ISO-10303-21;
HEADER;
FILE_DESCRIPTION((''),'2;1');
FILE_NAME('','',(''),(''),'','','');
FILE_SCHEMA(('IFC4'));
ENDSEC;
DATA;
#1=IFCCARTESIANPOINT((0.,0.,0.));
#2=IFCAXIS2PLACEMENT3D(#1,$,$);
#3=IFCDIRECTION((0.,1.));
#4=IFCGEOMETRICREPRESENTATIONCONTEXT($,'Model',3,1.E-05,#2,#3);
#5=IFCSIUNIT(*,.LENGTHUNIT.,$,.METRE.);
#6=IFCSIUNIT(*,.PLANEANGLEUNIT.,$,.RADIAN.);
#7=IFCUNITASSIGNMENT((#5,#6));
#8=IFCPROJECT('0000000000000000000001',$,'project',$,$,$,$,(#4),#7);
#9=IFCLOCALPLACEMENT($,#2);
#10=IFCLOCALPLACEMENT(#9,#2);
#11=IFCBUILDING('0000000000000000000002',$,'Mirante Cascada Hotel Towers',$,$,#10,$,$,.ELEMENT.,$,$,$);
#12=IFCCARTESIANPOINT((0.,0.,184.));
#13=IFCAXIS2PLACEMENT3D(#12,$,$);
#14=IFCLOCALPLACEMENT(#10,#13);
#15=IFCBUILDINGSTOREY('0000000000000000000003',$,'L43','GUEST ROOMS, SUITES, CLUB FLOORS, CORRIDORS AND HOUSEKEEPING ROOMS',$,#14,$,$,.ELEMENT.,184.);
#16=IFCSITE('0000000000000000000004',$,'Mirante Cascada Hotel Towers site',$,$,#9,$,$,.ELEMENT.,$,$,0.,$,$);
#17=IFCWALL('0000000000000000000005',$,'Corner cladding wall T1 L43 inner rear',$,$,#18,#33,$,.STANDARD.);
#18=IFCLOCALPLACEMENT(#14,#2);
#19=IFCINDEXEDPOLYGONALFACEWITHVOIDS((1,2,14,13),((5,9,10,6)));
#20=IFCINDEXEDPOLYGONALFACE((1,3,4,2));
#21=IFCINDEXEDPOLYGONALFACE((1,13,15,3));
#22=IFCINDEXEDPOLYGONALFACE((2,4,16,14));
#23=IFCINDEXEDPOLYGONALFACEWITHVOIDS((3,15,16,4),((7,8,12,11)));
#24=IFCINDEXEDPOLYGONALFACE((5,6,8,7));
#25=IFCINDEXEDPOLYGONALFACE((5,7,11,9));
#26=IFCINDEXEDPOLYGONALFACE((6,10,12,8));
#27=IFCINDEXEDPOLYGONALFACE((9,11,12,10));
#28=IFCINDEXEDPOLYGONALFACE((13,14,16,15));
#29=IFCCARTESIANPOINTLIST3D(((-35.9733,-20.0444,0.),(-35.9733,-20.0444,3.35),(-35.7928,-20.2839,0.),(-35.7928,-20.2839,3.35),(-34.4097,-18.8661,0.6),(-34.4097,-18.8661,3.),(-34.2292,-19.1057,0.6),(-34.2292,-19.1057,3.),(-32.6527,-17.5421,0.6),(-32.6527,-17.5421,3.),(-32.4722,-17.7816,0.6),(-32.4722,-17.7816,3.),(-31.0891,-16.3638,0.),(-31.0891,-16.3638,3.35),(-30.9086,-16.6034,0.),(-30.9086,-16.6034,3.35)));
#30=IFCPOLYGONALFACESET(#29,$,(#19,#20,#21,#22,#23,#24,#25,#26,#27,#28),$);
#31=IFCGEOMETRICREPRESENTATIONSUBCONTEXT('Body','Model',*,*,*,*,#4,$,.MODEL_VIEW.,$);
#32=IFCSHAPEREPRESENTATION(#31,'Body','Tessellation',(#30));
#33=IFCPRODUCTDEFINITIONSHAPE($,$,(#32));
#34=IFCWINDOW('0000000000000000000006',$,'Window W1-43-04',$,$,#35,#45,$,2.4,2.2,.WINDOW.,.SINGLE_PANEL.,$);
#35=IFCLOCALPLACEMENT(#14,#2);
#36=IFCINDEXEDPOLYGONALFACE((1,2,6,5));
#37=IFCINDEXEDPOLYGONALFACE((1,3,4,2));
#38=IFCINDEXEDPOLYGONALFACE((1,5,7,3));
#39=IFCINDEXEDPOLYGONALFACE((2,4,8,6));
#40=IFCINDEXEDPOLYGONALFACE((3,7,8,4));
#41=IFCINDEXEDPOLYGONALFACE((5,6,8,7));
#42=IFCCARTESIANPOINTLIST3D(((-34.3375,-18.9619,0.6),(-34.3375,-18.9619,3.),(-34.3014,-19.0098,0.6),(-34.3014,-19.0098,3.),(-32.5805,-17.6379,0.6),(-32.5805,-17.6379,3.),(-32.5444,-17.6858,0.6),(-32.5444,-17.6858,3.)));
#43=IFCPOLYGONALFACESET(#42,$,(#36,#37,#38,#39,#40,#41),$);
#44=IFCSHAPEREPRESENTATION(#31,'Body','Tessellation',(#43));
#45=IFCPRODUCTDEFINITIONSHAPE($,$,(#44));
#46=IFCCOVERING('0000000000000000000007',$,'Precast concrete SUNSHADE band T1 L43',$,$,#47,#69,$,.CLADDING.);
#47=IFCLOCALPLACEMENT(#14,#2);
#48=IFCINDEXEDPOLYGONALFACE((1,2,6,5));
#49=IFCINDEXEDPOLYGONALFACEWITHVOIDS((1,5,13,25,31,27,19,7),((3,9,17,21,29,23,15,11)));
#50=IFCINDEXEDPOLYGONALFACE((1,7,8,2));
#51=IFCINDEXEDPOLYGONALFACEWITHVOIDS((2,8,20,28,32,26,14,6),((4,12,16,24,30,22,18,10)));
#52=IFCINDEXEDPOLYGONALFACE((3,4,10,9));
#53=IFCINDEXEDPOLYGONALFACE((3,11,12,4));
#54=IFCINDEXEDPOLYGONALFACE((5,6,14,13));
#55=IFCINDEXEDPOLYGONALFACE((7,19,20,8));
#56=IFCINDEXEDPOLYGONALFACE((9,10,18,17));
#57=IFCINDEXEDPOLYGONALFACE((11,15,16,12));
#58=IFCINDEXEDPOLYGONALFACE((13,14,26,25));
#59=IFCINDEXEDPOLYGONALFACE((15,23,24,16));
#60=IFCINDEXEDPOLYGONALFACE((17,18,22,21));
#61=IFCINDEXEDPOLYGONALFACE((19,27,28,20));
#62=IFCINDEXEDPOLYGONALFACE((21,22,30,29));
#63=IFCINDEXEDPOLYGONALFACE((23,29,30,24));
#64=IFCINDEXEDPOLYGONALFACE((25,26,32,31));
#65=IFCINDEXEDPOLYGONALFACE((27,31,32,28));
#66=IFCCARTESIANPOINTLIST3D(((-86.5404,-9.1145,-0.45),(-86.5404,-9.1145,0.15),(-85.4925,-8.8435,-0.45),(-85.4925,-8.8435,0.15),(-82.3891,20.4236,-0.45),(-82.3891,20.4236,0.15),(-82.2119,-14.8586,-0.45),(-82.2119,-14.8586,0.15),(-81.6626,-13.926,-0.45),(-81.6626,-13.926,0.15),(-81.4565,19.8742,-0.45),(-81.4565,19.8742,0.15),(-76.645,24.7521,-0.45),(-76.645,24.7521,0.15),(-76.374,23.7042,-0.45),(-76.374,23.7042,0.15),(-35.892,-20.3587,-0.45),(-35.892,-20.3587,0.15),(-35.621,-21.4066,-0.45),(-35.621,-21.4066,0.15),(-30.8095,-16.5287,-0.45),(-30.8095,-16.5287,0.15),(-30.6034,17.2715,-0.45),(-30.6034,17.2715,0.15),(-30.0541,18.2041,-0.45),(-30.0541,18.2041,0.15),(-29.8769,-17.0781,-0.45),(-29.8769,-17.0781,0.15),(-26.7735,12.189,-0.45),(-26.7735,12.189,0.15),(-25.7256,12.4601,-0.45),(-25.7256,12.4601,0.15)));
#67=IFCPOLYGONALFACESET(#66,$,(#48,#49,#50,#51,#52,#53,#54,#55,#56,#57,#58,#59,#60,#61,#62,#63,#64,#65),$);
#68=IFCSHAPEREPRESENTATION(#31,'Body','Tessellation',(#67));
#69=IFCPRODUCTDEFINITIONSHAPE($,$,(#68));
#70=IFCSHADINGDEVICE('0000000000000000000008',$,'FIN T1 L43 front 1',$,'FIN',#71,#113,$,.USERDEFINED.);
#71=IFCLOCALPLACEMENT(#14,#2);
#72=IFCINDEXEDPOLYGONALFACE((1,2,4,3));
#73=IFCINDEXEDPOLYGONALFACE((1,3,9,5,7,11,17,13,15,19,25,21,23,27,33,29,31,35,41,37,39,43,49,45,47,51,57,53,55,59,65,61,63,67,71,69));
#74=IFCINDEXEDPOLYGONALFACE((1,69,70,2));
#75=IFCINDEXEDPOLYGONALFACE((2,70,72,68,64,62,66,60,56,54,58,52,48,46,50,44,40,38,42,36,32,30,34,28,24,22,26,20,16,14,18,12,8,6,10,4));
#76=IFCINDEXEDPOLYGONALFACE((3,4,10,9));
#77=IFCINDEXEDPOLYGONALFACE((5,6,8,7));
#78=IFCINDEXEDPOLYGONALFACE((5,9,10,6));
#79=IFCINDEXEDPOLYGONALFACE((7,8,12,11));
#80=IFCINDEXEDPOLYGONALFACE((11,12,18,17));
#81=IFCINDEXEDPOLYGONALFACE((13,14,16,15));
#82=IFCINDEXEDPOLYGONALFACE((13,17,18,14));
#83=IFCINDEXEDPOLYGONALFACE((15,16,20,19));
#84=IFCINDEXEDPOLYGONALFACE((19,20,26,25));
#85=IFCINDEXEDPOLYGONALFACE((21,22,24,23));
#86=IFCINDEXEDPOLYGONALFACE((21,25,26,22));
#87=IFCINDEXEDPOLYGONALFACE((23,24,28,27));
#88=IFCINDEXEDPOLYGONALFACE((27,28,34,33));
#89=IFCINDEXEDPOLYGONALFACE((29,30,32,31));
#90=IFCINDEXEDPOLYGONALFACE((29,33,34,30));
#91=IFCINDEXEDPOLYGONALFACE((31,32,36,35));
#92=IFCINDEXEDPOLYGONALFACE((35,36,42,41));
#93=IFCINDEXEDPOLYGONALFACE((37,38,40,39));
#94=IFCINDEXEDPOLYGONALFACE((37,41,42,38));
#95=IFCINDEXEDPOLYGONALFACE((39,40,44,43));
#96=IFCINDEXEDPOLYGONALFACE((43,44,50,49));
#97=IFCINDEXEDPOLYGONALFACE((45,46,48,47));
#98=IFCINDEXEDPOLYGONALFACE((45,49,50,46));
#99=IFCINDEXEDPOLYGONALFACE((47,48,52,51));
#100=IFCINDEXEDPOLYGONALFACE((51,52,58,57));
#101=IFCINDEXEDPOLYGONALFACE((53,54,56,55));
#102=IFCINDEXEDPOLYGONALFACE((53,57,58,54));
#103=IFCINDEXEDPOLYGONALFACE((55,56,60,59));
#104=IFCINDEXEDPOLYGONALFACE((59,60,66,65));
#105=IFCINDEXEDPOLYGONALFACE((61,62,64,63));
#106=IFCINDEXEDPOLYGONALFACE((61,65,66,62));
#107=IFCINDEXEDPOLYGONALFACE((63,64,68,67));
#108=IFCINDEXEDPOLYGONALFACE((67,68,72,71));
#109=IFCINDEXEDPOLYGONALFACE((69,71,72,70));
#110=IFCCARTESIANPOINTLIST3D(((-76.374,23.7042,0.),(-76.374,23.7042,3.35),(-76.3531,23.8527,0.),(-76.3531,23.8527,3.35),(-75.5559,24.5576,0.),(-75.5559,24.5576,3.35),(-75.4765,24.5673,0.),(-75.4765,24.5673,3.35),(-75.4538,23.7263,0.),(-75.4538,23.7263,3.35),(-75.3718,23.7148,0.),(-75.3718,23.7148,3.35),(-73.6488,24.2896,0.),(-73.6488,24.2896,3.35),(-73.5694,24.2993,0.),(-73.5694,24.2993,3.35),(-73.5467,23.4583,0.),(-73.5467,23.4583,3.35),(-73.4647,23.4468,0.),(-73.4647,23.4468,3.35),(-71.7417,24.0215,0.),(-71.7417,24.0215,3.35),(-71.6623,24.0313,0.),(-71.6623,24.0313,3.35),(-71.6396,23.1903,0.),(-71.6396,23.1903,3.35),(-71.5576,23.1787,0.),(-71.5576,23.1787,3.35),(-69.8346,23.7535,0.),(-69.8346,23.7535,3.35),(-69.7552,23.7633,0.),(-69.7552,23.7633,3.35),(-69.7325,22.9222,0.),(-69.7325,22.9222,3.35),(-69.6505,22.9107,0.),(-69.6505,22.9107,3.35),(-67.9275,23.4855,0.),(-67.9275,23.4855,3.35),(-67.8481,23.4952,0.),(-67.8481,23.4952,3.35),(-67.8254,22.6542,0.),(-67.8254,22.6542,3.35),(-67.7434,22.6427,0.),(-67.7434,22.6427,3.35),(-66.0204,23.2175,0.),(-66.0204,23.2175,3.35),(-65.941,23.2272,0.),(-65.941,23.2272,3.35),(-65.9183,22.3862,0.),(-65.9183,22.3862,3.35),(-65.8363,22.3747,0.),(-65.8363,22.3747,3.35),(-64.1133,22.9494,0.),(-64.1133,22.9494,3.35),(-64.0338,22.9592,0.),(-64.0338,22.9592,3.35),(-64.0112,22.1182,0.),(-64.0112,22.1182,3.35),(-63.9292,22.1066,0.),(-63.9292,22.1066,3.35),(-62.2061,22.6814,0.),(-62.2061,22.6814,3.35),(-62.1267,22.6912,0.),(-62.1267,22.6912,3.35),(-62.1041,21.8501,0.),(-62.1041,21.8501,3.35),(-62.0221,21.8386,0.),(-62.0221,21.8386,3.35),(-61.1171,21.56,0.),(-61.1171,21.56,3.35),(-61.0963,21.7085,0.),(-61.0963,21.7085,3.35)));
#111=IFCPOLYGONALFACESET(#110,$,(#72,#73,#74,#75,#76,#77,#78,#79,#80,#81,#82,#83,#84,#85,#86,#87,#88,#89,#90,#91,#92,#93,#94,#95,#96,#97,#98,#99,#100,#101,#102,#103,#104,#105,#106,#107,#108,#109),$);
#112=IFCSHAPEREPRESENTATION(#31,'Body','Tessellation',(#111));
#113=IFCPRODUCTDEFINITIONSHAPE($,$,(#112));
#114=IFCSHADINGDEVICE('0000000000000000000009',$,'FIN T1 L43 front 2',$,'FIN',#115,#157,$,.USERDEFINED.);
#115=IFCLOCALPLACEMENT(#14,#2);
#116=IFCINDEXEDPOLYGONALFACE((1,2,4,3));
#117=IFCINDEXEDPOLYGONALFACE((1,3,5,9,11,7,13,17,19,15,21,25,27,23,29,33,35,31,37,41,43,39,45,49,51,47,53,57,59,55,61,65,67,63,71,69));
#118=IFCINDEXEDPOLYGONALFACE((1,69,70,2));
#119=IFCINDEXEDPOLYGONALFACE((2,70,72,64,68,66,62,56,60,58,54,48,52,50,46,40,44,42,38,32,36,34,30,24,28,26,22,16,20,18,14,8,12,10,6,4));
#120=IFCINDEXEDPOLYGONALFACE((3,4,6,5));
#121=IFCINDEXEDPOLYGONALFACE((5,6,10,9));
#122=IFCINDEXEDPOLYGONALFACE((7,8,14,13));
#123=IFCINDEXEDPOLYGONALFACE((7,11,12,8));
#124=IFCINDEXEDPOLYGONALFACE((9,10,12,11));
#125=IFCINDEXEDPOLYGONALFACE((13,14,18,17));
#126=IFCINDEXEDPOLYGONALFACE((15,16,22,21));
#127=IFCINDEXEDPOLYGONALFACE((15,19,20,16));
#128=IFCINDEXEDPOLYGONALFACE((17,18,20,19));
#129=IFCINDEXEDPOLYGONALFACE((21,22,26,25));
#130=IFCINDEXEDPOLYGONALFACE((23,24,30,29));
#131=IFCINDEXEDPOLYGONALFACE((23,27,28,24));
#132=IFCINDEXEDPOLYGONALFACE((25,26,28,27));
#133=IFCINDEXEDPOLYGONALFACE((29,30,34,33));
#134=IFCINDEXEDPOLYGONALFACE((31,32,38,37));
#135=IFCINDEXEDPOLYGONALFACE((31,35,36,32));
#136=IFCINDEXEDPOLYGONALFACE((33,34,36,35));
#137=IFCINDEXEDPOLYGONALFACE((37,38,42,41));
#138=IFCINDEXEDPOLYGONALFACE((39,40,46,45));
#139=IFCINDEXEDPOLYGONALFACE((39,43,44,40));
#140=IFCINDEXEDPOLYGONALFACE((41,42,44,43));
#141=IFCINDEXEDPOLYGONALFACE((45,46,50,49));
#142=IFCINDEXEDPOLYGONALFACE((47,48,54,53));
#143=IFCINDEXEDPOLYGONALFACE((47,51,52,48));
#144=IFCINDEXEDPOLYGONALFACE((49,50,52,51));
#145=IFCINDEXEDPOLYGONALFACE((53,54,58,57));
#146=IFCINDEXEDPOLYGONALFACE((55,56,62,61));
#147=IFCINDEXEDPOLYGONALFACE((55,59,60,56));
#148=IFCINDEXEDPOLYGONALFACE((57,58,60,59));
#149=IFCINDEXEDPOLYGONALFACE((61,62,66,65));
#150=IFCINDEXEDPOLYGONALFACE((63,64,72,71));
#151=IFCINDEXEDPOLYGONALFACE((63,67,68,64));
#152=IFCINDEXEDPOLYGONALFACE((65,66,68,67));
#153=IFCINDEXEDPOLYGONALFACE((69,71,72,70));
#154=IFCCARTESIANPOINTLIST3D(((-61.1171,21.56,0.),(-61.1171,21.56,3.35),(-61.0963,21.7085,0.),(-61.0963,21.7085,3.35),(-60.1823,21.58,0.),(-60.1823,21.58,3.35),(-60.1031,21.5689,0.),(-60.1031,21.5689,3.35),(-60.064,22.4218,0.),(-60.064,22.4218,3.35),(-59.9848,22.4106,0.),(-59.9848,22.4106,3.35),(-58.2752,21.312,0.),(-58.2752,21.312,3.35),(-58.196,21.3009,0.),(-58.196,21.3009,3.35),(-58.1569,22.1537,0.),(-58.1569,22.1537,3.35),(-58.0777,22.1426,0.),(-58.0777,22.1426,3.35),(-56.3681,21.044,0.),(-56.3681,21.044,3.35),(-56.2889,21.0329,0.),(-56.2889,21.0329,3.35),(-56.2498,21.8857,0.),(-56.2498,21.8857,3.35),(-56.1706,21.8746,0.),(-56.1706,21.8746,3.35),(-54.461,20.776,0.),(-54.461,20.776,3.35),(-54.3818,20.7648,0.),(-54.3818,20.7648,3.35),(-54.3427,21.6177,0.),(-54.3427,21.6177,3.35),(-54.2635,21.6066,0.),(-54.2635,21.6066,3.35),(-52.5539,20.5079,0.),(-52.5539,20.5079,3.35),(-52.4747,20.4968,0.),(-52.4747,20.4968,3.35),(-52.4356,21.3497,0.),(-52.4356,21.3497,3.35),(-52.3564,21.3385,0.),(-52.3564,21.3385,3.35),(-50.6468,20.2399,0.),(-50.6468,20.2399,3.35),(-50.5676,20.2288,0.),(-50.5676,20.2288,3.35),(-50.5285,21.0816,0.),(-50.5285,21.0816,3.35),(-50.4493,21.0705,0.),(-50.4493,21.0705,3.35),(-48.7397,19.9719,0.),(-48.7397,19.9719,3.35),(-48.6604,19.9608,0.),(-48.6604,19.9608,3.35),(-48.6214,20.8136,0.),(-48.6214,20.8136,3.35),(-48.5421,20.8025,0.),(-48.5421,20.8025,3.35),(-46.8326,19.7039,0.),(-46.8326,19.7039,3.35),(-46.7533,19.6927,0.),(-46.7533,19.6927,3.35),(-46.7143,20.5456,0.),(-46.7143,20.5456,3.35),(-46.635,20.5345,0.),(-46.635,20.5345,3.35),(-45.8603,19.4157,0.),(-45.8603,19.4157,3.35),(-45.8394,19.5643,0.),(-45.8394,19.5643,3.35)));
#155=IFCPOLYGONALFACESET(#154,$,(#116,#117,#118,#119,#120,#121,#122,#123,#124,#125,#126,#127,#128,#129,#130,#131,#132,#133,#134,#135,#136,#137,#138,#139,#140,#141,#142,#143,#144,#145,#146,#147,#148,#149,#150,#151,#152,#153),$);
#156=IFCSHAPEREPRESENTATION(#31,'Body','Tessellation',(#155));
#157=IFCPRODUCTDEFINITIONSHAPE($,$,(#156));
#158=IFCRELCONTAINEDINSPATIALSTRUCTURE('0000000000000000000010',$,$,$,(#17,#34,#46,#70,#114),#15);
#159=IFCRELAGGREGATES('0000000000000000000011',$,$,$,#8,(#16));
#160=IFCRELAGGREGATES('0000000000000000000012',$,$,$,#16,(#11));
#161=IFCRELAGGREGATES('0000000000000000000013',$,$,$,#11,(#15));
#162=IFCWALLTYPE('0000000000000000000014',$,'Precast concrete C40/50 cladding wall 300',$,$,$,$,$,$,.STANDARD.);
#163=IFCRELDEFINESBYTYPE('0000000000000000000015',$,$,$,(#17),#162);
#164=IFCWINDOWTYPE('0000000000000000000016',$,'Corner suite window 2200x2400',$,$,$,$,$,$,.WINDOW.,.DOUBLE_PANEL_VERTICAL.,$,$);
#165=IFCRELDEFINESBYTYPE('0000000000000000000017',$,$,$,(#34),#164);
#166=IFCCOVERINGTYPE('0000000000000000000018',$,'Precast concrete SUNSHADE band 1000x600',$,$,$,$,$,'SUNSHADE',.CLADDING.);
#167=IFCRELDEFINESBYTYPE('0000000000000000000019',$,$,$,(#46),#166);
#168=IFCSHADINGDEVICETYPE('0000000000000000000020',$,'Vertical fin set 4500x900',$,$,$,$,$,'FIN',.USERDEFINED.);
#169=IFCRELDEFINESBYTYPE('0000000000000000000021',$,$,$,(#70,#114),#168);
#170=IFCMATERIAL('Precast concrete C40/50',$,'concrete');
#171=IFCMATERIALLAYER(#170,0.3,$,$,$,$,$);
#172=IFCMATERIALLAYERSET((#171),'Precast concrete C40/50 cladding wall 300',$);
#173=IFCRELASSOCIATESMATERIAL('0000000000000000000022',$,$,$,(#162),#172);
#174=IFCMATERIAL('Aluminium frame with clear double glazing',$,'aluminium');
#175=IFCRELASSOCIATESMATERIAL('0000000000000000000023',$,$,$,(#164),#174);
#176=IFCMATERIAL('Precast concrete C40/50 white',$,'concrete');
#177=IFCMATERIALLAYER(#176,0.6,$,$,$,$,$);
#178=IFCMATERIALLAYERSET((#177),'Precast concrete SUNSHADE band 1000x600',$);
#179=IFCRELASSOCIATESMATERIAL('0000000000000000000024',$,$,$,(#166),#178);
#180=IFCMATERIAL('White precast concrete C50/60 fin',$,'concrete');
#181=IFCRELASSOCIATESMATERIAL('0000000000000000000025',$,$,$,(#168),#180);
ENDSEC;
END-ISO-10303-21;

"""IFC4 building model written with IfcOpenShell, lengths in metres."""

from ifc_helpers import new_model, si_unit, direction, frame, frame_2d, origin, place, context, subcontext, project, spatial, polyline, rectangle, outline, extrude, material, layer, layer_set, type_object, element, fill, save


model = new_model("IFC4")

# Units and contexts
model_context = context("Model", 3, precision=1e-05, world=origin(), true_north=direction((0.0, 1.0)))
body_context = subcontext(model_context, "Body", "Model", "MODEL_VIEW")
ifc_project = project(units=[si_unit("LENGTHUNIT", "METRE"), si_unit("PLANEANGLEUNIT", "RADIAN")], contexts=[model_context])

# Site, building, storey
site_placement = place(None, origin())
site = spatial("IfcSite", under=ifc_project, at=site_placement, Name="Mirante Cascada Hotel Towers site", CompositionType="ELEMENT", RefElevation=0.0)
building_placement = place(site_placement, origin())
building = spatial("IfcBuilding", under=site, at=building_placement, Name="Mirante Cascada Hotel Towers", CompositionType="ELEMENT")
storey_placement = place(building_placement, frame((0.0, 0.0, 184.0)))
storey = spatial("IfcBuildingStorey", under=building, at=storey_placement, Name="L43", Description="GUEST ROOMS, SUITES, CLUB FLOORS, CORRIDORS AND HOUSEKEEPING ROOMS", CompositionType="ELEMENT", Elevation=184.0)

# Wall, opening, window
ifc_material_1 = material(Name="Precast concrete C40/50", Category="concrete")
ifc_layer_1 = layer(ifc_material_1, 0.3)
ifc_layer_set_1 = layer_set([ifc_layer_1], Name="Precast concrete C40/50 cladding wall 300")
wall_type_1 = type_object("IfcWallType", Name="Precast concrete C40/50 cladding wall 300", PredefinedType="STANDARD", material=ifc_layer_set_1)
wall_1_placement = place(storey_placement, frame((-30.9989, -16.4836, 0.0), z_axis=(0.0, 0.0, 1.0), x_axis=(-0.798628, -0.601824, 0.0)))
wall_1 = element("IfcWall", 1, at=wall_1_placement, inside=storey, type_object=wall_type_1, Name="Corner cladding wall T1 L43 inner rear", PredefinedType="STANDARD", context=body_context, shape_type="SweptSolid", body=[
    extrude(rectangle(XDim=6.1157, YDim=0.3, at=frame_2d((3.0578, 0.0))), origin(), (0.0, 0.0, 1.0), 3.35),
])
opening_1_placement = place(wall_1_placement, frame((1.9578, 0.0, 0.6)))
opening_1 = element("IfcOpeningElement", 2, at=opening_1_placement, cuts=wall_1, PredefinedType="OPENING", context=body_context, shape_type="SweptSolid", body=[
    extrude(rectangle(XDim=2.2, YDim=2.4, at=frame_2d((1.1, 1.2))), frame((0.0, 0.15, 0.0), z_axis=(0.0, -1.0, 0.0), x_axis=(1.0, 0.0, 0.0)), (0.0, 0.0, 1.0), 0.3),
])
ifc_material_2 = material(Name="Aluminium frame with clear double glazing", Category="aluminium")
window_type = type_object("IfcWindowType", Name="Corner suite window 2200x2400", PartitioningType="DOUBLE_PANEL_VERTICAL", PredefinedType="WINDOW", material=ifc_material_2)
window_placement = place(opening_1_placement, origin())
window = element("IfcWindow", 3, at=window_placement, inside=storey, type_object=window_type, Name="Window W1-43-04", OverallHeight=2.4, OverallWidth=2.2, PartitioningType="SINGLE_PANEL", PredefinedType="WINDOW", context=body_context, shape_type="SweptSolid", body=[
    extrude(rectangle(XDim=2.2, YDim=2.4, at=frame_2d((1.1, 1.2))), frame((0.0, 0.03, 0.0), z_axis=(0.0, -1.0, 0.0), x_axis=(1.0, 0.0, 0.0)), (0.0, 0.0, 1.0), 0.06),
])
fill(opening_1, window)

# Covering
ifc_material_3 = material(Name="Precast concrete C40/50 white", Category="concrete")
ifc_layer_2 = layer(ifc_material_3, 0.6)
ifc_layer_set_2 = layer_set([ifc_layer_2], Name="Precast concrete SUNSHADE band 1000x600")
covering_type = type_object("IfcCoveringType", Name="Precast concrete SUNSHADE band 1000x600", ElementType="SUNSHADE", PredefinedType="CLADDING", material=ifc_layer_set_2)
covering_placement = place(storey_placement, frame((0.0, 0.0, -0.45)))
element("IfcCovering", 4, at=covering_placement, inside=storey, type_object=covering_type, Name="Precast concrete SUNSHADE band T1 L43", PredefinedType="CLADDING", context=body_context, shape_type="SweptSolid", body=[
    extrude(outline(polyline([(-86.5404, -9.1145), (-82.3891, 20.4236), (-76.645, 24.7521), (-30.0541, 18.2041), (-25.7256, 12.4601), (-29.8769, -17.0781), (-35.621, -21.4066), (-82.2119, -14.8586), (-86.5404, -9.1145)]), holes=[polyline([(-26.7735, 12.189), (-30.6034, 17.2715), (-76.374, 23.7042), (-81.4565, 19.8742), (-85.4925, -8.8435), (-81.6626, -13.926), (-35.892, -20.3587), (-30.8095, -16.5287), (-26.7735, 12.189)])]), origin(), (0.0, 0.0, 1.0), 0.6),
])

# Shading devices
ifc_material_4 = material(Name="White precast concrete C50/60 fin", Category="concrete")
shading_device_type = type_object("IfcShadingDeviceType", Name="Vertical fin set 4500x900", ElementType="FIN", PredefinedType="USERDEFINED", material=ifc_material_4)
shading_device_1_placement = place(storey_placement, origin())
element("IfcShadingDevice", 5, at=shading_device_1_placement, inside=storey, type_object=shading_device_type, Name="FIN T1 L43 front 1", ObjectType="FIN", PredefinedType="USERDEFINED", context=body_context, shape_type="SweptSolid", body=[
    extrude(outline(polyline([(-62.0221, 21.8386), (-61.0963, 21.7085), (-61.1171, 21.56), (-76.374, 23.7042), (-76.3531, 23.8527), (-75.4538, 23.7263), (-75.5559, 24.5576), (-75.4765, 24.5673), (-75.3718, 23.7148), (-73.5467, 23.4583), (-73.6488, 24.2896), (-73.5694, 24.2993), (-73.4647, 23.4468), (-71.6396, 23.1903), (-71.7417, 24.0215), (-71.6623, 24.0313), (-71.5576, 23.1787), (-69.7325, 22.9222), (-69.8346, 23.7535), (-69.7552, 23.7633), (-69.6505, 22.9107), (-67.8254, 22.6542), (-67.9275, 23.4855), (-67.8481, 23.4952), (-67.7434, 22.6427), (-65.9183, 22.3862), (-66.0204, 23.2175), (-65.941, 23.2272), (-65.8363, 22.3747), (-64.0112, 22.1182), (-64.1133, 22.9494), (-64.0338, 22.9592), (-63.9292, 22.1066), (-62.1041, 21.8501), (-62.2061, 22.6814), (-62.1267, 22.6912), (-62.0221, 21.8386)])), origin(), (0.0, 0.0, 1.0), 3.35),
])
shading_device_2_placement = place(storey_placement, origin())
element("IfcShadingDevice", 6, at=shading_device_2_placement, inside=storey, type_object=shading_device_type, Name="FIN T1 L43 front 2", ObjectType="FIN", PredefinedType="USERDEFINED", context=body_context, shape_type="SweptSolid", body=[
    extrude(outline(polyline([(-46.7533, 19.6927), (-45.8394, 19.5643), (-45.8603, 19.4157), (-61.1171, 21.56), (-61.0963, 21.7085), (-60.1823, 21.58), (-60.064, 22.4218), (-59.9848, 22.4106), (-60.1031, 21.5689), (-58.2752, 21.312), (-58.1569, 22.1537), (-58.0777, 22.1426), (-58.196, 21.3009), (-56.3681, 21.044), (-56.2498, 21.8857), (-56.1706, 21.8746), (-56.2889, 21.0329), (-54.461, 20.776), (-54.3427, 21.6177), (-54.2635, 21.6066), (-54.3818, 20.7648), (-52.5539, 20.5079), (-52.4356, 21.3497), (-52.3564, 21.3385), (-52.4747, 20.4968), (-50.6468, 20.2399), (-50.5285, 21.0816), (-50.4493, 21.0705), (-50.5676, 20.2288), (-48.7397, 19.9719), (-48.6214, 20.8136), (-48.5421, 20.8025), (-48.6604, 19.9608), (-46.8326, 19.7039), (-46.7143, 20.5456), (-46.635, 20.5345), (-46.7533, 19.6927)])), origin(), (0.0, 0.0, 1.0), 3.35),
])

save(model, "model.ifc")
